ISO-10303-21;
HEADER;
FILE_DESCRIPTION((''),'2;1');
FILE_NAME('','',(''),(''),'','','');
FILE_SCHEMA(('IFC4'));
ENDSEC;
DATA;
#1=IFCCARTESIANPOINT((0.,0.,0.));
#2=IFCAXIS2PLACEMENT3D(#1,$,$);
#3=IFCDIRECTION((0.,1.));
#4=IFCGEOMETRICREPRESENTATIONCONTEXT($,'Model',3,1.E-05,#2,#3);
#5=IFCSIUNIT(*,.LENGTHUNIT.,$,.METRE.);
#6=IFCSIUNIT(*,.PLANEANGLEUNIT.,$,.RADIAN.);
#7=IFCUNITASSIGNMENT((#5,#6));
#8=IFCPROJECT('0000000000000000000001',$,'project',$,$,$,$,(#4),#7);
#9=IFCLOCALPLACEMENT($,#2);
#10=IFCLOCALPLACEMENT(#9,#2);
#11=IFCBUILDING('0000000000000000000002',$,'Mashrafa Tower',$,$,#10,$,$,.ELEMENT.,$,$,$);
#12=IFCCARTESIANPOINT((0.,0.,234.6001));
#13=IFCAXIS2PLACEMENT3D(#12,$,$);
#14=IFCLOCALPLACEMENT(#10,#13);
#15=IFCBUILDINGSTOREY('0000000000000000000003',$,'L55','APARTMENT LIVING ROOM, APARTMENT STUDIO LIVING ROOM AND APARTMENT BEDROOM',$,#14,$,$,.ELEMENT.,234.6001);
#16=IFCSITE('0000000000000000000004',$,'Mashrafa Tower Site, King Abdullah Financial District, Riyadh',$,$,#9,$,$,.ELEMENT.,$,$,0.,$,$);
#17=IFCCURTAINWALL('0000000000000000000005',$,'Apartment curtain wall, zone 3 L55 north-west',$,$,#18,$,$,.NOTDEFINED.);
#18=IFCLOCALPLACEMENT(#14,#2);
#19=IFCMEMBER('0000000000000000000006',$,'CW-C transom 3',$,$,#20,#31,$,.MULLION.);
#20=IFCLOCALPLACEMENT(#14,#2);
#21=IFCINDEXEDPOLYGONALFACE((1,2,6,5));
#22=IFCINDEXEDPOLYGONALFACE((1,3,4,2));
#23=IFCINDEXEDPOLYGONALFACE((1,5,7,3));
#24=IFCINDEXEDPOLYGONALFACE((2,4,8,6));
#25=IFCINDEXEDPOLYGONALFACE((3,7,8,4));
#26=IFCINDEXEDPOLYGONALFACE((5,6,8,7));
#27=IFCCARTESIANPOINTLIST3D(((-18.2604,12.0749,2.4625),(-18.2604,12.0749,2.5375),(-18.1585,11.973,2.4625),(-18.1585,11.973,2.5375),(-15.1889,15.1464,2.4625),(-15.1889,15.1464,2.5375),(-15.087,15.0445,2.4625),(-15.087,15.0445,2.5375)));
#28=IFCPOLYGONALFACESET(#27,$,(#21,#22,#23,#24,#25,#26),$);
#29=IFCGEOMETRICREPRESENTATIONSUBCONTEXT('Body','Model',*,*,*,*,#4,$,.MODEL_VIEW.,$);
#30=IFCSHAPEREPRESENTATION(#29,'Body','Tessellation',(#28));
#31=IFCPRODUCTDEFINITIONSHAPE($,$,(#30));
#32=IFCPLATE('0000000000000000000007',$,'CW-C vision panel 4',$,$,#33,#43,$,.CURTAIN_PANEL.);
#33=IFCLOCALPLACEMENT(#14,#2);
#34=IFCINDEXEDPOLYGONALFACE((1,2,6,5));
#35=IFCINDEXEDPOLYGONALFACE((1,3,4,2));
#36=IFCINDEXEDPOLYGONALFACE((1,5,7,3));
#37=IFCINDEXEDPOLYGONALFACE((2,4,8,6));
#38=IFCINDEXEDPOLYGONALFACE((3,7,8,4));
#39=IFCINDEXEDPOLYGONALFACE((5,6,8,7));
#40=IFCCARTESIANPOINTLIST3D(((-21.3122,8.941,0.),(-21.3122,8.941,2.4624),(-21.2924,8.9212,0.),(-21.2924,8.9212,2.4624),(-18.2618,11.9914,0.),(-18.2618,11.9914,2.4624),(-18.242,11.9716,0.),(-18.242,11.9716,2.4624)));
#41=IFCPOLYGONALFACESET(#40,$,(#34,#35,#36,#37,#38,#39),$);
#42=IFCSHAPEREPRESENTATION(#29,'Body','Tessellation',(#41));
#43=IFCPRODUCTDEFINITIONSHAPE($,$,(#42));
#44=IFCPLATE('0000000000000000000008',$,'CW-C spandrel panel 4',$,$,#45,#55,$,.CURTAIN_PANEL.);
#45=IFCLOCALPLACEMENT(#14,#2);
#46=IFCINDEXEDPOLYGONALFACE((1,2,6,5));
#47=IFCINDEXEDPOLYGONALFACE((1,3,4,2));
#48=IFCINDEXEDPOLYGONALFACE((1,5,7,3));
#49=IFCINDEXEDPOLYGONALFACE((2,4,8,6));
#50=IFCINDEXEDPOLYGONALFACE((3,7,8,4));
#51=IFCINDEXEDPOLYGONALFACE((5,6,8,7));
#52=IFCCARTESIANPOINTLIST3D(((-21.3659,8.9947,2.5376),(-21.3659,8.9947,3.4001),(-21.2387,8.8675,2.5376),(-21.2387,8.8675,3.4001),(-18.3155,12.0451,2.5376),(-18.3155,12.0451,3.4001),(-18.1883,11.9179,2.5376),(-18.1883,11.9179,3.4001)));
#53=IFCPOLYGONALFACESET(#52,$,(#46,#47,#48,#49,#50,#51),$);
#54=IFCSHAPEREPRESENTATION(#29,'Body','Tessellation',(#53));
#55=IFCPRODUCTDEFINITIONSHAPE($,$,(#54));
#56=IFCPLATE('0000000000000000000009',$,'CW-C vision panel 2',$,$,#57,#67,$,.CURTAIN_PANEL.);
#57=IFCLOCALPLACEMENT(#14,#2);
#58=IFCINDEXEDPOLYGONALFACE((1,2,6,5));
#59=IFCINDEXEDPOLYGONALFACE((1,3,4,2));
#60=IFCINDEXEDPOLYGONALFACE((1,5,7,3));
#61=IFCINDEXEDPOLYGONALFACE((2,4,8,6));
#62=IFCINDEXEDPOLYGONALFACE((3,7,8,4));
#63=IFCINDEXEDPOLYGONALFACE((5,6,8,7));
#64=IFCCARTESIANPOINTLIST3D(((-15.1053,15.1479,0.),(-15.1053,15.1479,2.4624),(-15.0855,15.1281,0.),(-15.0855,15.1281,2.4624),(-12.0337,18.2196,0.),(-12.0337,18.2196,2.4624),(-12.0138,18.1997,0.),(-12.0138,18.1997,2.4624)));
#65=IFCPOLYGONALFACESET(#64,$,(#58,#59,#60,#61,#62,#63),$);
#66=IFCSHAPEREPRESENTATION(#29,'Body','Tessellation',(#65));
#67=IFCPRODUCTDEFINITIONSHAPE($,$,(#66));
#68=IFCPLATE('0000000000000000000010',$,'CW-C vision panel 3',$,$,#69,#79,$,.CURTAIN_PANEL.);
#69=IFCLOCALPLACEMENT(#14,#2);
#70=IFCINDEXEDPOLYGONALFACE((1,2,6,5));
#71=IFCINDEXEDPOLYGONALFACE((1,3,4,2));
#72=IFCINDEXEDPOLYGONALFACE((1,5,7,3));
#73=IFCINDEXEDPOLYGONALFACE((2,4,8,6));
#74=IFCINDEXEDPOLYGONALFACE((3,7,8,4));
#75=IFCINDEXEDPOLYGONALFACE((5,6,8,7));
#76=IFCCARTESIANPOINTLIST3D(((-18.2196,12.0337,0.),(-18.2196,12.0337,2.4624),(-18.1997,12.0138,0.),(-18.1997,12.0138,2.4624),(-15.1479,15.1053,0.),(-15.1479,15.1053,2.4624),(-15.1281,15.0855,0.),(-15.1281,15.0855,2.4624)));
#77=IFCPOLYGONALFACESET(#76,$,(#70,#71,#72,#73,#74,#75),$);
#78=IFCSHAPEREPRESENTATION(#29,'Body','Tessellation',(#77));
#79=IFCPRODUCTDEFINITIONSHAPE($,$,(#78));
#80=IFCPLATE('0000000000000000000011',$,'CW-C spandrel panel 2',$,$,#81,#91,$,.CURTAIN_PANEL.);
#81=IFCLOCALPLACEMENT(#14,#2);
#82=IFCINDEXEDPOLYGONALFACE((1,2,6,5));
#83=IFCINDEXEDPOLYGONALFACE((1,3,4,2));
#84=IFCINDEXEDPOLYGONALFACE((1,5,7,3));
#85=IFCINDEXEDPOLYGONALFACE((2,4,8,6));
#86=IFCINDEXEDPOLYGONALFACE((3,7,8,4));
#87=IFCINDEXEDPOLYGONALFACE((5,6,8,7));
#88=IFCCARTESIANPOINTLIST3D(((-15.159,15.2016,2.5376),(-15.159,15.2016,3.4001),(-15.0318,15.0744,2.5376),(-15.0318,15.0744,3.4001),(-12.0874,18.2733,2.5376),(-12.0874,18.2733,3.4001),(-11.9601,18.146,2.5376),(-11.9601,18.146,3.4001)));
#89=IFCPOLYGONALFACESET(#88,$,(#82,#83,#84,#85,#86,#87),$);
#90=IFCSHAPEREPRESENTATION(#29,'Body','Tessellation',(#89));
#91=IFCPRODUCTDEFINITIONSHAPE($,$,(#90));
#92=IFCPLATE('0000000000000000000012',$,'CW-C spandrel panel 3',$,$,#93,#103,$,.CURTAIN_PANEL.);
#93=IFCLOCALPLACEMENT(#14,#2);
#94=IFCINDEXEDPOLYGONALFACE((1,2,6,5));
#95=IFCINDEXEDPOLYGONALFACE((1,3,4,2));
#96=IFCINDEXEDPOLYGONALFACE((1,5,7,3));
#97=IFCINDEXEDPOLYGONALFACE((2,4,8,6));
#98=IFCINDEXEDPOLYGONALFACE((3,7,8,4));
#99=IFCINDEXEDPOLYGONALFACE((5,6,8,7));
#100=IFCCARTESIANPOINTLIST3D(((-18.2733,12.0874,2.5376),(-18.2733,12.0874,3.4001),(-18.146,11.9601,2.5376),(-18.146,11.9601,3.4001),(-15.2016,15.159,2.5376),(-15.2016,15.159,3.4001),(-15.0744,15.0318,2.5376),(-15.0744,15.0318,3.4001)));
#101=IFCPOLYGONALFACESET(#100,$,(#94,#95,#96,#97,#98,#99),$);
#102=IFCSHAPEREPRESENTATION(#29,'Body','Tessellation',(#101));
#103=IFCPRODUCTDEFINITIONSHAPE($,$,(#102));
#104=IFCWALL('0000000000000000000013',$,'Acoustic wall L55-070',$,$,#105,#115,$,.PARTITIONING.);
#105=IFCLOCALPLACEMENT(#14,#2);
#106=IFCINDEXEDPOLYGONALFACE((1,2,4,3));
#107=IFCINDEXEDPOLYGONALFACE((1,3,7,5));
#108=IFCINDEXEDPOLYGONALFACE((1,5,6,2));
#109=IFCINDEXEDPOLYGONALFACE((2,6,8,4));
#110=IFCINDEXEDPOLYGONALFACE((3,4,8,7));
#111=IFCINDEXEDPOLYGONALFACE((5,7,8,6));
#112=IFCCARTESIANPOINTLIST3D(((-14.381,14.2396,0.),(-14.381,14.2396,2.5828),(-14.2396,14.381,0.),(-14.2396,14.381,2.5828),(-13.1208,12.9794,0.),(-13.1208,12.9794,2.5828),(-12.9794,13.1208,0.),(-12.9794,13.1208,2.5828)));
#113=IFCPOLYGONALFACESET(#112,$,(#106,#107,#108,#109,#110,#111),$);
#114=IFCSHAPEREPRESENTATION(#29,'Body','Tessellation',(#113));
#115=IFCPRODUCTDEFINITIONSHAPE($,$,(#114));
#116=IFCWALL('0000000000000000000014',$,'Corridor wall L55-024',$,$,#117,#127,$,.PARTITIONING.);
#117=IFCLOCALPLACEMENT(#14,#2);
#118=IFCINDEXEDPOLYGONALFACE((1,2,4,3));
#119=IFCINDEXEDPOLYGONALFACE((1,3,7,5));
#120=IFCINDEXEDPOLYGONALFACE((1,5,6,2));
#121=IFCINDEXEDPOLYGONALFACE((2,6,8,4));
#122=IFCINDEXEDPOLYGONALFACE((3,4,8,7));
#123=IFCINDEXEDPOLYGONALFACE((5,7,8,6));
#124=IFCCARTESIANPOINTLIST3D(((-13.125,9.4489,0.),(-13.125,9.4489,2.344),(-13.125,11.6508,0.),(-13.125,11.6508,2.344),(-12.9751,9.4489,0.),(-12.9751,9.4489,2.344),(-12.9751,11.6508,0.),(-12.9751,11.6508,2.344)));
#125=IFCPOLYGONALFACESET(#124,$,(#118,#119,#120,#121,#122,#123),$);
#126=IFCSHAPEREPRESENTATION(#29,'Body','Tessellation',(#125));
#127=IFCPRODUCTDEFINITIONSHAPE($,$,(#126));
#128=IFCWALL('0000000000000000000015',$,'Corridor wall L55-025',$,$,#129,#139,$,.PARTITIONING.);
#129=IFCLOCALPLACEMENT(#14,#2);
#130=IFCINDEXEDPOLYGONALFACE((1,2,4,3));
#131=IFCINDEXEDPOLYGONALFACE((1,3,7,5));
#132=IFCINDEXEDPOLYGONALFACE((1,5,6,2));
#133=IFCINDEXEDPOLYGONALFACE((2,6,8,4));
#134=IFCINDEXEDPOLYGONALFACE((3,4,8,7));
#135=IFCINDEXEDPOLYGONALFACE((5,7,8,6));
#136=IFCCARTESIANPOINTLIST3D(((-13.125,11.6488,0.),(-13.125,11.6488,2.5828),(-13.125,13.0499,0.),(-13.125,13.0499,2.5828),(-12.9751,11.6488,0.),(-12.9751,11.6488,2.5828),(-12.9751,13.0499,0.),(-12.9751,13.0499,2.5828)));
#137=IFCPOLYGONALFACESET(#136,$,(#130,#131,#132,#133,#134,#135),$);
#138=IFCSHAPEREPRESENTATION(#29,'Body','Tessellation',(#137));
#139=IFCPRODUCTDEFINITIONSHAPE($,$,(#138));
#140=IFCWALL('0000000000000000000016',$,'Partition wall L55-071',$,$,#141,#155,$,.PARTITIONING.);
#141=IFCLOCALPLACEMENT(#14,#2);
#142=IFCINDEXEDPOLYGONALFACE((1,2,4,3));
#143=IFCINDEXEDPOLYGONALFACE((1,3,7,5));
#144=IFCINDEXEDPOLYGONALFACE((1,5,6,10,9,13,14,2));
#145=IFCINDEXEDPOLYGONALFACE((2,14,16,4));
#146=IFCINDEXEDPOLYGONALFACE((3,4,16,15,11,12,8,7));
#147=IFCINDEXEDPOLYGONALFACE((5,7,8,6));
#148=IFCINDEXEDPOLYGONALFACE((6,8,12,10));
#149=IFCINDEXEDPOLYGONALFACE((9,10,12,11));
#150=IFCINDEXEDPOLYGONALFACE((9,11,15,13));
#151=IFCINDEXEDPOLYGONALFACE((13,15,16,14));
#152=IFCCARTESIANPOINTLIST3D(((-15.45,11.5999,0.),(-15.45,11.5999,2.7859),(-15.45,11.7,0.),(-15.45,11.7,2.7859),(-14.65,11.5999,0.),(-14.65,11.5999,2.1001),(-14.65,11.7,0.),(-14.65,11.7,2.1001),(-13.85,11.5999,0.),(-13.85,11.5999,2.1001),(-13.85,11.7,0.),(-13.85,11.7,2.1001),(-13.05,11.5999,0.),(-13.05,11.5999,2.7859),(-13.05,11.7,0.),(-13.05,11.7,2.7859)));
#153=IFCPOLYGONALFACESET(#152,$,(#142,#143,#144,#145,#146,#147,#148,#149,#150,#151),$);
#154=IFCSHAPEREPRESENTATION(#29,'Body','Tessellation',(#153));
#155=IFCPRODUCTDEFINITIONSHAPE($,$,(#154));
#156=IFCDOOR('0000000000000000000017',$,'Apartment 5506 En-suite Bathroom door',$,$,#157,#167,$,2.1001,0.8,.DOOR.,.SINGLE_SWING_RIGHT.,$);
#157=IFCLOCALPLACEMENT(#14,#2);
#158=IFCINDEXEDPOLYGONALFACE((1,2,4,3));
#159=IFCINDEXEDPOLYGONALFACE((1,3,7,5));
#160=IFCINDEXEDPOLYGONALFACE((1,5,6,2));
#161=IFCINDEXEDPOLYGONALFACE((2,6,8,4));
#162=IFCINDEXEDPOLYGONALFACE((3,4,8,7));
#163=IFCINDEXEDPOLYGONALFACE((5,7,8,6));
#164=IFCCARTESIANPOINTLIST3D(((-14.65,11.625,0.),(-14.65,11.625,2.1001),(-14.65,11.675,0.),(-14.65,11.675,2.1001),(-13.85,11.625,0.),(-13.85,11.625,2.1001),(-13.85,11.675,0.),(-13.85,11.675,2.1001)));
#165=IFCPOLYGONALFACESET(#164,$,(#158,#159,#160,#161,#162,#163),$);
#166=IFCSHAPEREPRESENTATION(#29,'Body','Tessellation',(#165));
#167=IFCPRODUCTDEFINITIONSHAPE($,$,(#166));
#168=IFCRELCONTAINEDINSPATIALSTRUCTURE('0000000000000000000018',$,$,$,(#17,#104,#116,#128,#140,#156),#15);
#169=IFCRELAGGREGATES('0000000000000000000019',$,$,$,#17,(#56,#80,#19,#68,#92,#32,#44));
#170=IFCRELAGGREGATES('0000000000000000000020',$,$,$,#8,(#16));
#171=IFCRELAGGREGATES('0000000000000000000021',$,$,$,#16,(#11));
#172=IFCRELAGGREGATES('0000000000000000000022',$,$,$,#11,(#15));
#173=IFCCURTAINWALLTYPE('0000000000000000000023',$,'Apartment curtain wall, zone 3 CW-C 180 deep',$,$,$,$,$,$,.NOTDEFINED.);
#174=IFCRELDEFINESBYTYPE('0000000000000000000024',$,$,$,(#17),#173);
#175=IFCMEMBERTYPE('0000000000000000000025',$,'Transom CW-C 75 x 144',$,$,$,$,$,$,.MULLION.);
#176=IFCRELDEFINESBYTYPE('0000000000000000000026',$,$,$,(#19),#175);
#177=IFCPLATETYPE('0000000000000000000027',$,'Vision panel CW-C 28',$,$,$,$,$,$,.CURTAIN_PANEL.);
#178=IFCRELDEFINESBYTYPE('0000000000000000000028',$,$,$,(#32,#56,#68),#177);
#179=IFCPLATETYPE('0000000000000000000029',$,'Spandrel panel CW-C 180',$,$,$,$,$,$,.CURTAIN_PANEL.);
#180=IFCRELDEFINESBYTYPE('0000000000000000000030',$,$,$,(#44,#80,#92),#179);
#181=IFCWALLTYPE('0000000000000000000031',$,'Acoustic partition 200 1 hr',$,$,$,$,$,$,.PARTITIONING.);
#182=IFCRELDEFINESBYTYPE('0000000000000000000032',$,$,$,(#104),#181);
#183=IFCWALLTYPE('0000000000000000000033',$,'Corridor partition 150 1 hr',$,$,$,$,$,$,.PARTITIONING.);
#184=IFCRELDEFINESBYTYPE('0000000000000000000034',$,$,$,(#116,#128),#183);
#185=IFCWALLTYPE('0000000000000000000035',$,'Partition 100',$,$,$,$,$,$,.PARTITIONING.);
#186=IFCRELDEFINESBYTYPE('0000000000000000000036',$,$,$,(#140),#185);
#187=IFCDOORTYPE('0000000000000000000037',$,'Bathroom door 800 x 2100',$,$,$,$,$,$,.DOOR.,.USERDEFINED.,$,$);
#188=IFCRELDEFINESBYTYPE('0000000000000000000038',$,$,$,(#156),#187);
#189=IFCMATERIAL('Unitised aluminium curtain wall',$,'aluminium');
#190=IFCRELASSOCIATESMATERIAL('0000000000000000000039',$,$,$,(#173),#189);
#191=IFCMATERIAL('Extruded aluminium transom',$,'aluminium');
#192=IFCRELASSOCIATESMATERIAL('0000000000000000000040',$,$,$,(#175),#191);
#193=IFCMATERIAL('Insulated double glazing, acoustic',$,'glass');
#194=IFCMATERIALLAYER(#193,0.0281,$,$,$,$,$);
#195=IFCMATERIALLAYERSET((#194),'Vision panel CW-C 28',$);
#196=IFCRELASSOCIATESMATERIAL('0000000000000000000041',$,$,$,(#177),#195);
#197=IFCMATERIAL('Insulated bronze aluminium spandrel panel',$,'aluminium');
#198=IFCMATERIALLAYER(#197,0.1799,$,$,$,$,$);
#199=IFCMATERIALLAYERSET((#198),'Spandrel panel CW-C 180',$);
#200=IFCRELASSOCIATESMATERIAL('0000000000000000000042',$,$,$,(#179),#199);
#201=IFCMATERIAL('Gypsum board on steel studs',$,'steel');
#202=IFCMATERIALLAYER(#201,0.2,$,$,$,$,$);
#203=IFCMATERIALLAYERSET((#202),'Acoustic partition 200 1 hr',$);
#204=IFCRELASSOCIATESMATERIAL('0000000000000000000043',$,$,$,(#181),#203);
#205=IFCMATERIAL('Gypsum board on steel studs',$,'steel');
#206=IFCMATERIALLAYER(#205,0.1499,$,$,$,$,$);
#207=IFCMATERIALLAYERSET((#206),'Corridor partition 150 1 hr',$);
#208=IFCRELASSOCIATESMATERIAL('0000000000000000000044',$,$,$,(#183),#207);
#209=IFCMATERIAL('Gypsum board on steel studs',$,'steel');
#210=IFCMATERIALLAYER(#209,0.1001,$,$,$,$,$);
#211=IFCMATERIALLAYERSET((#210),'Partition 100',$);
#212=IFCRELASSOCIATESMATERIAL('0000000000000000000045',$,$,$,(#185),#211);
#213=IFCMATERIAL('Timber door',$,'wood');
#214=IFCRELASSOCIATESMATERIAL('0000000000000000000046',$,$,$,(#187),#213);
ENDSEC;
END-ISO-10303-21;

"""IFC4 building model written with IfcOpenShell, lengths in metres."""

from ifc_helpers import new_model, si_unit, direction, frame, frame_2d, origin, origin_2d, place, context, subcontext, project, spatial, rectangle, extrude, source, transform, mapped, material, layer, layer_set, material_profile, profile_set, type_object, type_shapes, element, fill, aggregate, save


model = new_model("IFC4")

# Units and contexts
model_context = context("Model", 3, precision=1e-05, world=origin(), true_north=direction((0.0, 1.0)))
body_context = subcontext(model_context, "Body", "Model", "MODEL_VIEW")
ifc_project = project(units=[si_unit("LENGTHUNIT", "METRE"), si_unit("PLANEANGLEUNIT", "RADIAN")], contexts=[model_context])

# Site, building, storey
site_placement = place(None, origin())
site = spatial("IfcSite", under=ifc_project, at=site_placement, Name="Mashrafa Tower Site, King Abdullah Financial District, Riyadh", CompositionType="ELEMENT", RefElevation=0.0)
building_placement = place(site_placement, origin())
building = spatial("IfcBuilding", under=site, at=building_placement, Name="Mashrafa Tower", CompositionType="ELEMENT")
storey_placement = place(building_placement, frame((0.0, 0.0, 234.6001)))
storey = spatial("IfcBuildingStorey", under=building, at=storey_placement, Name="L55", Description="APARTMENT LIVING ROOM, APARTMENT STUDIO LIVING ROOM AND APARTMENT BEDROOM", CompositionType="ELEMENT", Elevation=234.6001)

# Curtain wall, member, plates
ifc_material_1 = material(Name="Unitised aluminium curtain wall", Category="aluminium")
curtain_wall_type = type_object("IfcCurtainWallType", Name="Apartment curtain wall, zone 3 CW-C 180 deep", PredefinedType="NOTDEFINED", material=ifc_material_1)
curtain_wall_placement = place(storey_placement, origin())
curtain_wall = element("IfcCurtainWall", 1, at=curtain_wall_placement, inside=storey, type_object=curtain_wall_type, Name="Apartment curtain wall, zone 3 L55 north-west", PredefinedType="NOTDEFINED")
ifc_material_2 = material(Name="Extruded aluminium transom", Category="aluminium")
ifc_material_profile_1 = material_profile(ifc_material_2, rectangle(XDim=0.144, YDim=0.075, at=origin_2d()), Name="Transom 75x144")
ifc_profile_set_1 = profile_set([ifc_material_profile_1], Name="Extruded aluminium transom")
member_type_1 = type_object("IfcMemberType", Name="Transom CW-C 75 x 144", PredefinedType="MULLION", material=ifc_profile_set_1)
shared_shape_1 = source(origin(), body_context, "Body", "SweptSolid", [
    extrude(rectangle(XDim=0.144, YDim=0.075, at=origin_2d()), origin(), (0.0, 0.0, 1.0), 4.3438),
])
member_1_placement = place(storey_placement, frame((-15.1379, 15.0955, 2.5), z_axis=(-0.707107, -0.707107, 0.0), x_axis=(0.707107, -0.707107, 0.0)))
member_1 = element("IfcMember", 2, at=member_1_placement, type_object=member_type_1, Name="CW-C transom 3", PredefinedType="MULLION", context=body_context, shape_type="MappedRepresentation", body=[
    mapped(shared_shape_1, transform((0.0, 0.0, 0.0))),
])
ifc_material_3 = material(Name="Insulated double glazing, acoustic", Category="glass")
ifc_layer_1 = layer(ifc_material_3, 0.0281)
ifc_layer_set_1 = layer_set([ifc_layer_1], Name="Vision panel CW-C 28")
plate_type_1 = type_object("IfcPlateType", Name="Vision panel CW-C 28", PredefinedType="CURTAIN_PANEL", material=ifc_layer_set_1)
shared_shape_2 = source(origin(), body_context, "Body", "SweptSolid", [
    extrude(rectangle(XDim=4.314, YDim=0.0281, at=origin_2d()), origin(), (0.0, 0.0, 1.0), 2.4624),
])
plate_1_placement = place(storey_placement, frame((-19.7771, 10.4563, 0.0), z_axis=(0.0, 0.0, 1.0), x_axis=(-0.707107, -0.707107, 0.0)))
plate_1 = element("IfcPlate", 3, at=plate_1_placement, type_object=plate_type_1, Name="CW-C vision panel 4", PredefinedType="CURTAIN_PANEL", context=body_context, shape_type="MappedRepresentation", body=[
    mapped(shared_shape_2, transform((0.0, 0.0, 0.0))),
])
ifc_material_4 = material(Name="Insulated bronze aluminium spandrel panel", Category="aluminium")
ifc_layer_2 = layer(ifc_material_4, 0.1799)
ifc_layer_set_2 = layer_set([ifc_layer_2], Name="Spandrel panel CW-C 180")
plate_type_2 = type_object("IfcPlateType", Name="Spandrel panel CW-C 180", PredefinedType="CURTAIN_PANEL", material=ifc_layer_set_2)
shared_shape_3 = source(origin(), body_context, "Body", "SweptSolid", [
    extrude(rectangle(XDim=4.314, YDim=0.1799, at=origin_2d()), origin(), (0.0, 0.0, 1.0), 0.8625),
])
plate_2_placement = place(storey_placement, frame((-19.7771, 10.4563, 2.5376), z_axis=(0.0, 0.0, 1.0), x_axis=(-0.707107, -0.707107, 0.0)))
plate_2 = element("IfcPlate", 4, at=plate_2_placement, type_object=plate_type_2, Name="CW-C spandrel panel 4", PredefinedType="CURTAIN_PANEL", context=body_context, shape_type="MappedRepresentation", body=[
    mapped(shared_shape_3, transform((0.0, 0.0, 0.0))),
])
shared_shape_4 = source(origin(), body_context, "Body", "SweptSolid", [
    extrude(rectangle(XDim=4.344, YDim=0.0281, at=origin_2d()), origin(), (0.0, 0.0, 1.0), 2.4624),
])
type_shapes(plate_type_1, [shared_shape_2, shared_shape_4])
plate_3_placement = place(storey_placement, frame((-13.5596, 16.6738, 0.0), z_axis=(0.0, 0.0, 1.0), x_axis=(-0.707107, -0.707107, 0.0)))
plate_3 = element("IfcPlate", 5, at=plate_3_placement, type_object=plate_type_1, Name="CW-C vision panel 2", PredefinedType="CURTAIN_PANEL", context=body_context, shape_type="MappedRepresentation", body=[
    mapped(shared_shape_4, transform((0.0, 0.0, 0.0))),
])
plate_4_placement = place(storey_placement, frame((-16.6738, 13.5596, 0.0), z_axis=(0.0, 0.0, 1.0), x_axis=(-0.707107, -0.707107, 0.0)))
plate_4 = element("IfcPlate", 6, at=plate_4_placement, type_object=plate_type_1, Name="CW-C vision panel 3", PredefinedType="CURTAIN_PANEL", context=body_context, shape_type="MappedRepresentation", body=[
    mapped(shared_shape_4, transform((0.0, 0.0, 0.0))),
])
shared_shape_5 = source(origin(), body_context, "Body", "SweptSolid", [
    extrude(rectangle(XDim=4.344, YDim=0.1799, at=origin_2d()), origin(), (0.0, 0.0, 1.0), 0.8625),
])
type_shapes(plate_type_2, [shared_shape_3, shared_shape_5])
plate_5_placement = place(storey_placement, frame((-13.5596, 16.6738, 2.5376), z_axis=(0.0, 0.0, 1.0), x_axis=(-0.707107, -0.707107, 0.0)))
plate_5 = element("IfcPlate", 7, at=plate_5_placement, type_object=plate_type_2, Name="CW-C spandrel panel 2", PredefinedType="CURTAIN_PANEL", context=body_context, shape_type="MappedRepresentation", body=[
    mapped(shared_shape_5, transform((0.0, 0.0, 0.0))),
])
plate_6_placement = place(storey_placement, frame((-16.6738, 13.5596, 2.5376), z_axis=(0.0, 0.0, 1.0), x_axis=(-0.707107, -0.707107, 0.0)))
plate_6 = element("IfcPlate", 8, at=plate_6_placement, type_object=plate_type_2, Name="CW-C spandrel panel 3", PredefinedType="CURTAIN_PANEL", context=body_context, shape_type="MappedRepresentation", body=[
    mapped(shared_shape_5, transform((0.0, 0.0, 0.0))),
])
aggregate(curtain_wall, [plate_3, plate_5, member_1, plate_4, plate_6, plate_1, plate_2])

# Walls
ifc_material_5 = material(Name="Gypsum board on steel studs", Category="steel")
ifc_layer_3 = layer(ifc_material_5, 0.2)
ifc_layer_set_3 = layer_set([ifc_layer_3], Name="Acoustic partition 200 1 hr")
wall_type_1 = type_object("IfcWallType", Name="Acoustic partition 200 1 hr", PredefinedType="PARTITIONING", material=ifc_layer_set_3)
wall_1_placement = place(storey_placement, frame((-14.3103, 14.3103, 0.0), z_axis=(0.0, 0.0, 1.0), x_axis=(0.707107, -0.707107, 0.0)))
element("IfcWall", 9, at=wall_1_placement, inside=storey, type_object=wall_type_1, Name="Acoustic wall L55-070", PredefinedType="PARTITIONING", context=body_context, shape_type="SweptSolid", body=[
    extrude(rectangle(XDim=1.7822, YDim=0.2, at=frame_2d((0.8911, 0.0))), origin(), (0.0, 0.0, 1.0), 2.5828),
])
ifc_material_6 = material(Name="Gypsum board on steel studs", Category="steel")
ifc_layer_4 = layer(ifc_material_6, 0.1499)
ifc_layer_set_4 = layer_set([ifc_layer_4], Name="Corridor partition 150 1 hr")
wall_type_2 = type_object("IfcWallType", Name="Corridor partition 150 1 hr", PredefinedType="PARTITIONING", material=ifc_layer_set_4)
wall_2_placement = place(storey_placement, frame((-13.05, 11.6509, 0.0), z_axis=(0.0, 0.0, 1.0), x_axis=(0.0, -1.0, 0.0)))
element("IfcWall", 10, at=wall_2_placement, inside=storey, type_object=wall_type_2, Name="Corridor wall L55-024", PredefinedType="PARTITIONING", context=body_context, shape_type="SweptSolid", body=[
    extrude(rectangle(XDim=2.2019, YDim=0.1499, at=frame_2d((1.1011, 0.0))), origin(), (0.0, 0.0, 1.0), 2.344),
])
wall_3_placement = place(storey_placement, frame((-13.05, 13.05, 0.0), z_axis=(0.0, 0.0, 1.0), x_axis=(0.0, -1.0, 0.0)))
element("IfcWall", 11, at=wall_3_placement, inside=storey, type_object=wall_type_2, Name="Corridor wall L55-025", PredefinedType="PARTITIONING", context=body_context, shape_type="SweptSolid", body=[
    extrude(rectangle(XDim=1.4011, YDim=0.1499, at=frame_2d((0.7007, 0.0))), origin(), (0.0, 0.0, 1.0), 2.5828),
])

# Wall, opening, door
ifc_material_7 = material(Name="Gypsum board on steel studs", Category="steel")
ifc_layer_5 = layer(ifc_material_7, 0.1001)
ifc_layer_set_5 = layer_set([ifc_layer_5], Name="Partition 100")
wall_type_3 = type_object("IfcWallType", Name="Partition 100", PredefinedType="PARTITIONING", material=ifc_layer_set_5)
wall_4_placement = place(storey_placement, frame((-13.05, 11.6499, 0.0), z_axis=(0.0, 0.0, 1.0), x_axis=(-1.0, 0.0, 0.0)))
wall_4 = element("IfcWall", 12, at=wall_4_placement, inside=storey, type_object=wall_type_3, Name="Partition wall L55-071", PredefinedType="PARTITIONING", context=body_context, shape_type="SweptSolid", body=[
    extrude(rectangle(XDim=2.3999, YDim=0.1001, at=frame_2d((1.2, 0.0))), origin(), (0.0, 0.0, 1.0), 2.7859),
])
opening_placement = place(wall_4_placement, frame((0.8, 0.0, 0.0)))
opening = element("IfcOpeningElement", 13, at=opening_placement, cuts=wall_4, PredefinedType="OPENING", context=body_context, shape_type="SweptSolid", body=[
    extrude(rectangle(XDim=0.8, YDim=2.1001, at=frame_2d((0.3999, 1.05))), frame((0.0, 0.0601, 0.0), z_axis=(0.0, -1.0, 0.0), x_axis=(1.0, 0.0, 0.0)), (0.0, 0.0, 1.0), 0.1201),
])
ifc_material_8 = material(Name="Timber door", Category="wood")
door_type = type_object("IfcDoorType", Name="Bathroom door 800 x 2100", OperationType="USERDEFINED", PredefinedType="DOOR", material=ifc_material_8)
door_placement = place(opening_placement, origin())
door = element("IfcDoor", 14, at=door_placement, inside=storey, type_object=door_type, Name="Apartment 5506 En-suite Bathroom door", OperationType="SINGLE_SWING_RIGHT", OverallHeight=2.1001, OverallWidth=0.8, PredefinedType="DOOR", context=body_context, shape_type="SweptSolid", body=[
    extrude(rectangle(XDim=0.8, YDim=2.1001, at=frame_2d((0.3999, 1.05))), frame((0.0, 0.0249, 0.0), z_axis=(0.0, -1.0, 0.0), x_axis=(1.0, 0.0, 0.0)), (0.0, 0.0, 1.0), 0.05),
])
fill(opening, door)

save(model, "model.ifc")
